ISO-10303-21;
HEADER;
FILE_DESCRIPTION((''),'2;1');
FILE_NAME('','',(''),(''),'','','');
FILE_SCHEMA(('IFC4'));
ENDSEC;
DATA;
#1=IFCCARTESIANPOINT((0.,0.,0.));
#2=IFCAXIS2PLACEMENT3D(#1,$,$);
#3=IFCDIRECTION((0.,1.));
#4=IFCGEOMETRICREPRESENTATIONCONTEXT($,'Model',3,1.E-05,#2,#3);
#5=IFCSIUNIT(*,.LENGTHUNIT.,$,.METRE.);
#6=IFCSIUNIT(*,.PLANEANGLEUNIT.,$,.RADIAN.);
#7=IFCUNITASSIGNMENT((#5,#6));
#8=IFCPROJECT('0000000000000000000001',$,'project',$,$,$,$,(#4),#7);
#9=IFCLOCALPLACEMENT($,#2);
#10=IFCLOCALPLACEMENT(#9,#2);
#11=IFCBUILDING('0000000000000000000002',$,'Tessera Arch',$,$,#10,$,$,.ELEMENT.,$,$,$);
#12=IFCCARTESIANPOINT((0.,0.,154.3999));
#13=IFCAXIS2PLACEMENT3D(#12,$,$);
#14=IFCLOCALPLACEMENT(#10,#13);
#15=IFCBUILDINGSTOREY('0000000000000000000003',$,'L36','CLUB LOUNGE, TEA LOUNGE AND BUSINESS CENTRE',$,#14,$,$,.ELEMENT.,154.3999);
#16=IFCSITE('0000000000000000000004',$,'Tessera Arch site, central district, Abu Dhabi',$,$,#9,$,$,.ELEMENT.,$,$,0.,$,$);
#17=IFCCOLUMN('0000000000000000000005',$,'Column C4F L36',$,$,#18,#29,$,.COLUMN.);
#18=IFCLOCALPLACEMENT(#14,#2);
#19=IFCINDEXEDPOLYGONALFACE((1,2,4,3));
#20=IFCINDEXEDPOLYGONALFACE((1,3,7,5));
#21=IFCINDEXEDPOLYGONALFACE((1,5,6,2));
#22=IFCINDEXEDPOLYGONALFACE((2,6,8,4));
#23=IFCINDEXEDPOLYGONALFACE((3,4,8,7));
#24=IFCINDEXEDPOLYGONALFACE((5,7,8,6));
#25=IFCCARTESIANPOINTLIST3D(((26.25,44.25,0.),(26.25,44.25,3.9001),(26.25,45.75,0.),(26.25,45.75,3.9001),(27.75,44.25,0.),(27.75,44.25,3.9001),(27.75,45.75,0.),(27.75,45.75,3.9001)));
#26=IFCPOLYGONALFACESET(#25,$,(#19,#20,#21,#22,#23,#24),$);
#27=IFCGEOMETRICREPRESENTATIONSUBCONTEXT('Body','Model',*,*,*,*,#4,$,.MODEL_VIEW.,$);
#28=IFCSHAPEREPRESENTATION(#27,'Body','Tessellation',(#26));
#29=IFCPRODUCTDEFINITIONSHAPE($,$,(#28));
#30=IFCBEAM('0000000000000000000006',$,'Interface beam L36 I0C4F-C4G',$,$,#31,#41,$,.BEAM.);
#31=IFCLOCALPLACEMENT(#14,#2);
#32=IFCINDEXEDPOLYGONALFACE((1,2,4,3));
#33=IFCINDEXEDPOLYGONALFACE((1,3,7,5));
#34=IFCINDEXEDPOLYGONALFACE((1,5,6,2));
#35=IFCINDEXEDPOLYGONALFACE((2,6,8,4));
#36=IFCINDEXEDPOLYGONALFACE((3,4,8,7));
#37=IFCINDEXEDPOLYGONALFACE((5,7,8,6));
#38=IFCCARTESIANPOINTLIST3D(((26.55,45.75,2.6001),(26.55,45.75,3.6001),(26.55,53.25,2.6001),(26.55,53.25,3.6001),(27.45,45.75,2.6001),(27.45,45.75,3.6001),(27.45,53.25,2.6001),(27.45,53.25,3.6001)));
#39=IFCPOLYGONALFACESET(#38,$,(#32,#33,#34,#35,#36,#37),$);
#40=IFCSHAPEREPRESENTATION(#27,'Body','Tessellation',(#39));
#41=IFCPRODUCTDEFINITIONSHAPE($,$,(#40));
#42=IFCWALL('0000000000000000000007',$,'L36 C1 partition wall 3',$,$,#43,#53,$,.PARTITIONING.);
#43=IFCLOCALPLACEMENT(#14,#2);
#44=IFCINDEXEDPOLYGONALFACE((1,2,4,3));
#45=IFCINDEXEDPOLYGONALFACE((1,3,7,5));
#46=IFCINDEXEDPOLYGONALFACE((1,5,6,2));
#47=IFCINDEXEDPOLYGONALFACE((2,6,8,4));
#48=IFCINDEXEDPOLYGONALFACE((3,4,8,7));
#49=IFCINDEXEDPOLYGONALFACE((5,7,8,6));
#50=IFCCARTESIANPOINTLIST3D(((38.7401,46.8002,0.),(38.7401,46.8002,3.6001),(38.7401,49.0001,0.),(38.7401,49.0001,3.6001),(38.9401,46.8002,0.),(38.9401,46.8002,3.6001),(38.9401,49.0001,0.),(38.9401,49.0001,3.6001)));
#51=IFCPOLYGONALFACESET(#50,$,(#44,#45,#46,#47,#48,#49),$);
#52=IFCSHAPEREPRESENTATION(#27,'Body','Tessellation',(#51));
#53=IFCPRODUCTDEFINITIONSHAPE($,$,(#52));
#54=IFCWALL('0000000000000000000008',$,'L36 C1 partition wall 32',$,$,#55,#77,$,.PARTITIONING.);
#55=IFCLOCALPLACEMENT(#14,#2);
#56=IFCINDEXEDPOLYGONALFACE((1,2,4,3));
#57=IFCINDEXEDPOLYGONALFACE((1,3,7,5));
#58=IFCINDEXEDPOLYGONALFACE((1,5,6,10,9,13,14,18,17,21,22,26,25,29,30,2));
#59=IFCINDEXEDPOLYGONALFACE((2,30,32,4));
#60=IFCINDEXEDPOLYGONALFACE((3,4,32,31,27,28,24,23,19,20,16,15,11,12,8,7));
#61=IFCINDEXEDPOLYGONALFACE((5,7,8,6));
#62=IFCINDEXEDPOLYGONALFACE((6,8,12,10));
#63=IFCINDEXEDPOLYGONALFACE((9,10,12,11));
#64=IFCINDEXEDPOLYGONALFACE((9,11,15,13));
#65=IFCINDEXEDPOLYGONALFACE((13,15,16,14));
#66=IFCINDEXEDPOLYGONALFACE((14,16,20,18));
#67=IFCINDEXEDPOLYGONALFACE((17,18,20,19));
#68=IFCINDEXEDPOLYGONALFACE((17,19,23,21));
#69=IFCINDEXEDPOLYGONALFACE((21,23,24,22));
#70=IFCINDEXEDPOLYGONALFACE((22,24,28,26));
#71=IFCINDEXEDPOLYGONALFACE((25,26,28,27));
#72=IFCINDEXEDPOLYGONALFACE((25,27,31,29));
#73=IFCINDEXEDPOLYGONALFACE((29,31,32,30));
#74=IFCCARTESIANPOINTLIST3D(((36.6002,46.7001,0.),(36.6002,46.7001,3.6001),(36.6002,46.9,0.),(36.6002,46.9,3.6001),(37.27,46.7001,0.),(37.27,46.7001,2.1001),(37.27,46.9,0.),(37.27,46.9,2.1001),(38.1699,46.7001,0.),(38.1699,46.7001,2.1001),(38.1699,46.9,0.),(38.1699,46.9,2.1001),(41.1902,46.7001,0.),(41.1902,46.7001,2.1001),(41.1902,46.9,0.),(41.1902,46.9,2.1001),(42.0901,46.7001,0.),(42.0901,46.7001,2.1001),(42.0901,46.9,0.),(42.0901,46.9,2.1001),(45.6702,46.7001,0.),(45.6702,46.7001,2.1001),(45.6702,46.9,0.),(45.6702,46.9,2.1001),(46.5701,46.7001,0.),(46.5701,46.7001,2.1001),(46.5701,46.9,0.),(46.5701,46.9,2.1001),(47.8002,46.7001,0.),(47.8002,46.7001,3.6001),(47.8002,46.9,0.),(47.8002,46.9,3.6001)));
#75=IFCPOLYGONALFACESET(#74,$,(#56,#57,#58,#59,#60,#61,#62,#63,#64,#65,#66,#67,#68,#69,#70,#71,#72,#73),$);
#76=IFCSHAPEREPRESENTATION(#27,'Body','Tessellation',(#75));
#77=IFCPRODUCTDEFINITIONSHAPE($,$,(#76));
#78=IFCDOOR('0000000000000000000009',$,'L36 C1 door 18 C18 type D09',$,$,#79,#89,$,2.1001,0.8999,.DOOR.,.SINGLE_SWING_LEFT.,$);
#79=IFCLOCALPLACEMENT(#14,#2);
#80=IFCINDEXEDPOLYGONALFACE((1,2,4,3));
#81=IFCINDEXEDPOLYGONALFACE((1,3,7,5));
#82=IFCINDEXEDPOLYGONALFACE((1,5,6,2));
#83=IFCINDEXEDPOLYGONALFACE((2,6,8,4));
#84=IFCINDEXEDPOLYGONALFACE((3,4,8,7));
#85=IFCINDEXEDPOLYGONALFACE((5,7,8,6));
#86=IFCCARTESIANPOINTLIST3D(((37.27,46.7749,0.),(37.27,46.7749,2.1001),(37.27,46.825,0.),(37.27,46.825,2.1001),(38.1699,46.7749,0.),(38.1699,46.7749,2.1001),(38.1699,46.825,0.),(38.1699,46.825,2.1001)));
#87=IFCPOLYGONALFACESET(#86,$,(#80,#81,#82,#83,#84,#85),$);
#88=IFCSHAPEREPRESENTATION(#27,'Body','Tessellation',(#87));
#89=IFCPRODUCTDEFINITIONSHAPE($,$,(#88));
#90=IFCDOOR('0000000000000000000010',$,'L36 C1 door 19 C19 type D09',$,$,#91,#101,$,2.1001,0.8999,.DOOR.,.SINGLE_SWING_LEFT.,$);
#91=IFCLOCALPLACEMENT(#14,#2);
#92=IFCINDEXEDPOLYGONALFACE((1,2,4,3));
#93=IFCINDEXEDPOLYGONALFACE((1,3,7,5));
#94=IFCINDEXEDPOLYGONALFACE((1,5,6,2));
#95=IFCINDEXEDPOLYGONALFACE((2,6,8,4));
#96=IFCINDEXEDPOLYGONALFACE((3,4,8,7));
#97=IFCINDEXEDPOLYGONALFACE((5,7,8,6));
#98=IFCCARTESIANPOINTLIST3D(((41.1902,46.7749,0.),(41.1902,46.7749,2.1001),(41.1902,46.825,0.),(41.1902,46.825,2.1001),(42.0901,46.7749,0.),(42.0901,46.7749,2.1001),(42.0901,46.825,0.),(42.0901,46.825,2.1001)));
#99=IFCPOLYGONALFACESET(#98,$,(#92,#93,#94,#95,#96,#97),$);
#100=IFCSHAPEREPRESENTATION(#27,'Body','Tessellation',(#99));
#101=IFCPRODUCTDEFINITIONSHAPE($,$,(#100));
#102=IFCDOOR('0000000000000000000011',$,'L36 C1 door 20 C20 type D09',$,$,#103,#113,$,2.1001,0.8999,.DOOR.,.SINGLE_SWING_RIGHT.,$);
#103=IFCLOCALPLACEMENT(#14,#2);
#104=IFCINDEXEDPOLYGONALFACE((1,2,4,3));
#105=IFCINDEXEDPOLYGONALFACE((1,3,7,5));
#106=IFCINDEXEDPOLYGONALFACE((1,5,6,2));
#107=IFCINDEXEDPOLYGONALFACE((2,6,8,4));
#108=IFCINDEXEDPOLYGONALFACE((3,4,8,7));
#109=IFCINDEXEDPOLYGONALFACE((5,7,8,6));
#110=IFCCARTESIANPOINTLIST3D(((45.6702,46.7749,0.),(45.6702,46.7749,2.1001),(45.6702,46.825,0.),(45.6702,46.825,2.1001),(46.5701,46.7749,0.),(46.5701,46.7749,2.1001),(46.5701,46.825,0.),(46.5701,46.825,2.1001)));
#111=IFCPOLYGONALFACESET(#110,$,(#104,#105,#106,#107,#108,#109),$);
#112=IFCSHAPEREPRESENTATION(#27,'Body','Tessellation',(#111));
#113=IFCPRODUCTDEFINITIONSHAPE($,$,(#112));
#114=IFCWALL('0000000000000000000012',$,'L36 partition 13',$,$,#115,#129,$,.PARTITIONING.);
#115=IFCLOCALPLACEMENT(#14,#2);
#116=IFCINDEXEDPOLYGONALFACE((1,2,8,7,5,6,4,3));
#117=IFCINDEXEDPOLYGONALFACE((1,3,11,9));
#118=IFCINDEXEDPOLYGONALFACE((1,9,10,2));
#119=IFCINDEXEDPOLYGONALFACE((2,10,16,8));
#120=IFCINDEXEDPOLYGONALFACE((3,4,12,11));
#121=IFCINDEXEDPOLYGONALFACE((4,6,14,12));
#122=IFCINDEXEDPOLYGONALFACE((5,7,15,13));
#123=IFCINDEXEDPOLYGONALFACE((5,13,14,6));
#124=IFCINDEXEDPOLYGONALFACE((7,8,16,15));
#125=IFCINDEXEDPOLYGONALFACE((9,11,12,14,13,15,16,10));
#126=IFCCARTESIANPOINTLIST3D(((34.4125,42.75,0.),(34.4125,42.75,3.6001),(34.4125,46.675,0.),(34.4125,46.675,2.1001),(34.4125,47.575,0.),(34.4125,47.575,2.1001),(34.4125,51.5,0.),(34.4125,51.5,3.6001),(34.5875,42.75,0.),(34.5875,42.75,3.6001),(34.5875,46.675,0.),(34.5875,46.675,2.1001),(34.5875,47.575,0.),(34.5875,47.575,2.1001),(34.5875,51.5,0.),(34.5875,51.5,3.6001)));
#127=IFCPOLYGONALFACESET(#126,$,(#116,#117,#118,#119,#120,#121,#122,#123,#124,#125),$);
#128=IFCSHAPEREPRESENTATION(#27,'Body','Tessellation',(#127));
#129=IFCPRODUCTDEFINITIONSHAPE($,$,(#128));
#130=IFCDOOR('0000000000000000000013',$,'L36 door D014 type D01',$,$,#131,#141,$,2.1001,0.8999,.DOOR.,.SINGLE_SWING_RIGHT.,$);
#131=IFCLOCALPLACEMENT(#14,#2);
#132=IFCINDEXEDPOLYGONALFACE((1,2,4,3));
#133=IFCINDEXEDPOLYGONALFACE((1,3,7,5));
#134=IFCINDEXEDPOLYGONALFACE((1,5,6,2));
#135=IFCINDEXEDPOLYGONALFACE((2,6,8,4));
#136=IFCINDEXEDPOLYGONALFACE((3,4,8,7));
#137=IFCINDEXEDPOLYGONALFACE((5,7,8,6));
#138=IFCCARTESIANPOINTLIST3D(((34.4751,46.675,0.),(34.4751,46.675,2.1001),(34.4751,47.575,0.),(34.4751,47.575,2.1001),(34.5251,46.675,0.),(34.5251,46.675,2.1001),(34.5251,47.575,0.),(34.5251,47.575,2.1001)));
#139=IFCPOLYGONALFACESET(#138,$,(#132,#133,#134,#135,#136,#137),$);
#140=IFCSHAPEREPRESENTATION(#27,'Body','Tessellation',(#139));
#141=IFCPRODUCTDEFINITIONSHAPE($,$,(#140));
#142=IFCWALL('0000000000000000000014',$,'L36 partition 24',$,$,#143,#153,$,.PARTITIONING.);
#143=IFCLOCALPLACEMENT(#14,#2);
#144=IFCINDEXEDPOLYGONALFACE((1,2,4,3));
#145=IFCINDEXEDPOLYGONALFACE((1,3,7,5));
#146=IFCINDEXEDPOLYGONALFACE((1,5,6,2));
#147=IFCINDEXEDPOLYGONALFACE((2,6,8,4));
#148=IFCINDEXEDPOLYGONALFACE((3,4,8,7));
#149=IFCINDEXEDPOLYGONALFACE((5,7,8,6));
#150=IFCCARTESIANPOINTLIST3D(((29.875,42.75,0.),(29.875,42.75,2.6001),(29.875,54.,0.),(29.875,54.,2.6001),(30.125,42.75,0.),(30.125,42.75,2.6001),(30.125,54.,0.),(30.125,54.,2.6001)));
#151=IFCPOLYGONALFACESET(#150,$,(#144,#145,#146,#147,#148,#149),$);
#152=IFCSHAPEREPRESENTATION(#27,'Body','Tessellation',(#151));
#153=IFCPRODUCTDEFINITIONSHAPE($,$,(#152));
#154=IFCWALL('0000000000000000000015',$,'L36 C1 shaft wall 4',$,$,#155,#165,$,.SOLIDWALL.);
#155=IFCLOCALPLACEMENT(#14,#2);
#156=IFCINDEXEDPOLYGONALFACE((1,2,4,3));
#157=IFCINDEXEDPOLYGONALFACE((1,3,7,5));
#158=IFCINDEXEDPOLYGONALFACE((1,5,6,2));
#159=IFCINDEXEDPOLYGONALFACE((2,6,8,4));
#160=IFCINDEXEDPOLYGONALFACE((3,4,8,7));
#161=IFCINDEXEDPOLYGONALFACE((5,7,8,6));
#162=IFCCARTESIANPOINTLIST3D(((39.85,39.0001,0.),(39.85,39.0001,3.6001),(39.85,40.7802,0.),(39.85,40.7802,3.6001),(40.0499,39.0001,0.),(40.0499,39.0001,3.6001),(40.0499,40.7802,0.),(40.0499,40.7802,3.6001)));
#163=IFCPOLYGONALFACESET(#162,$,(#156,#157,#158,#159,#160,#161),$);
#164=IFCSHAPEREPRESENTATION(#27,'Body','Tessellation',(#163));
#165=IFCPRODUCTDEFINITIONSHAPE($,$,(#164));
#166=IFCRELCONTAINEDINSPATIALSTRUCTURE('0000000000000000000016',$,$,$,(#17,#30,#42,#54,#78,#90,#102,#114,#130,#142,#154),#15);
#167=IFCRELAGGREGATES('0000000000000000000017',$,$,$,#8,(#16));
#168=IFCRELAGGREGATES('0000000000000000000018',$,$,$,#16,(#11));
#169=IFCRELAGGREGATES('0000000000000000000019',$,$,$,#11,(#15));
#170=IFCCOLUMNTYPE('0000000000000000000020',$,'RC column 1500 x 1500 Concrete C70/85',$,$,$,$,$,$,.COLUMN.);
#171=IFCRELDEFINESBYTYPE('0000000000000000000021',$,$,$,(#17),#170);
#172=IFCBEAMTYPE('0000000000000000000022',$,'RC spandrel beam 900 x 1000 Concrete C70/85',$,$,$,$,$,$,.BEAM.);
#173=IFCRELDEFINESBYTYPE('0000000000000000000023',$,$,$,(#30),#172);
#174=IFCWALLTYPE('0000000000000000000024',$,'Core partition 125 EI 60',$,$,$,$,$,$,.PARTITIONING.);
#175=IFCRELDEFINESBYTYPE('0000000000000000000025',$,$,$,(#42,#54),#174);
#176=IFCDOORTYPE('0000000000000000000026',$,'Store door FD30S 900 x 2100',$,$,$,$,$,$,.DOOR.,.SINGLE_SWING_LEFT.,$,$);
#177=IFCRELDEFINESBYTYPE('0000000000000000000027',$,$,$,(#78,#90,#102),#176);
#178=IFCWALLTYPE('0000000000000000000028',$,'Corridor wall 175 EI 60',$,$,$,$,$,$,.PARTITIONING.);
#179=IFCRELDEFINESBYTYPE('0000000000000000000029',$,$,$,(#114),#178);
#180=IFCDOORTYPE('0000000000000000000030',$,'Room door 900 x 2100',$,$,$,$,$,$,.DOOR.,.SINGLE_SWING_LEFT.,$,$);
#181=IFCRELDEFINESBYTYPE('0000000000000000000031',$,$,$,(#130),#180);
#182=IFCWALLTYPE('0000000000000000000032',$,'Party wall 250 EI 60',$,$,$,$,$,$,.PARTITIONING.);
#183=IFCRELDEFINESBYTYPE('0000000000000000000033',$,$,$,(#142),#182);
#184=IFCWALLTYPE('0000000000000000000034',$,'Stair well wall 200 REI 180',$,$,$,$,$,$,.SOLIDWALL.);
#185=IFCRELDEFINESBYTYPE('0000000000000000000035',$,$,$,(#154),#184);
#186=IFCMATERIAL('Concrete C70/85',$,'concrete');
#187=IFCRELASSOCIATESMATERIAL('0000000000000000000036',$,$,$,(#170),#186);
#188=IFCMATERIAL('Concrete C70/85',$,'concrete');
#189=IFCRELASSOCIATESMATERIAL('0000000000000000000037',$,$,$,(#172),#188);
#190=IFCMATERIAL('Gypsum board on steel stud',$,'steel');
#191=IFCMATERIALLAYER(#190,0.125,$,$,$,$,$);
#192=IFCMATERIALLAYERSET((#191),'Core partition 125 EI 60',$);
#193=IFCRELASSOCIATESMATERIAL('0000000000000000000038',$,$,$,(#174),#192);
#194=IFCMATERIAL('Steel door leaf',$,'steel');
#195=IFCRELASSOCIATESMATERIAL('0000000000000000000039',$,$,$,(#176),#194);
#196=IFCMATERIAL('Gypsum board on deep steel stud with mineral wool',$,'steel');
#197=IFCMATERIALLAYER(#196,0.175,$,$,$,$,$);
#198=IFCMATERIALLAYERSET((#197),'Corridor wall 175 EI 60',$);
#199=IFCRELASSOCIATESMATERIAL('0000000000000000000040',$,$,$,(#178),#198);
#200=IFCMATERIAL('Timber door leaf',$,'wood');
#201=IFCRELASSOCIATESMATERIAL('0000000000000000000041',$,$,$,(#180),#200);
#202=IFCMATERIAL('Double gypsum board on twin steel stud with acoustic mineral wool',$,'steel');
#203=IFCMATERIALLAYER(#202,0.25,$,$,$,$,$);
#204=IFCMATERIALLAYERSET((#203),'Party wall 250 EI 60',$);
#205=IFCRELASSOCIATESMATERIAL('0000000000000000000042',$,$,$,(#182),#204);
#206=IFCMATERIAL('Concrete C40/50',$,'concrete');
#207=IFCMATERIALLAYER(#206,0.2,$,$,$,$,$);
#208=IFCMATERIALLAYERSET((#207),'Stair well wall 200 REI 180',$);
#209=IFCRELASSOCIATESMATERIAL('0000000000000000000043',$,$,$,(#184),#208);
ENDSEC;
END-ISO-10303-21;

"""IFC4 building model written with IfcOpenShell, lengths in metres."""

from ifc_helpers import new_model, si_unit, direction, frame, frame_2d, origin, origin_2d, place, context, subcontext, project, spatial, rectangle, extrude, material, layer, layer_set, material_profile, profile_set, type_object, element, fill, save


model = new_model("IFC4")

# Units and contexts
model_context = context("Model", 3, precision=1e-05, world=origin(), true_north=direction((0.0, 1.0)))
body_context = subcontext(model_context, "Body", "Model", "MODEL_VIEW")
ifc_project = project(units=[si_unit("LENGTHUNIT", "METRE"), si_unit("PLANEANGLEUNIT", "RADIAN")], contexts=[model_context])

# Site, building, storey
site_placement = place(None, origin())
site = spatial("IfcSite", under=ifc_project, at=site_placement, Name="Tessera Arch site, central district, Abu Dhabi", CompositionType="ELEMENT", RefElevation=0.0)
building_placement = place(site_placement, origin())
building = spatial("IfcBuilding", under=site, at=building_placement, Name="Tessera Arch", CompositionType="ELEMENT")
storey_placement = place(building_placement, frame((0.0, 0.0, 154.3999)))
storey = spatial("IfcBuildingStorey", under=building, at=storey_placement, Name="L36", Description="CLUB LOUNGE, TEA LOUNGE AND BUSINESS CENTRE", CompositionType="ELEMENT", Elevation=154.3999)

# Column
ifc_material_1 = material(Name="Concrete C70/85", Category="concrete")
ifc_material_profile_1 = material_profile(ifc_material_1, rectangle(XDim=1.5, YDim=1.5, at=origin_2d()), Name="RC column 1500 x 1500 Concrete C70/85")
ifc_profile_set_1 = profile_set([ifc_material_profile_1], Name="Concrete C70/85")
column_type = type_object("IfcColumnType", Name="RC column 1500 x 1500 Concrete C70/85", PredefinedType="COLUMN", material=ifc_profile_set_1)
column_placement = place(storey_placement, frame((27.0, 45.0, 0.0), z_axis=(0.0, 0.0, 1.0), x_axis=(1.0, 0.0, 0.0)))
element("IfcColumn", 1, at=column_placement, inside=storey, type_object=column_type, Name="Column C4F L36", PredefinedType="COLUMN", context=body_context, shape_type="SweptSolid", body=[
    extrude(rectangle(XDim=1.5, YDim=1.5, at=origin_2d()), origin(), (0.0, 0.0, 1.0), 3.9001),
])

# Beam
ifc_material_2 = material(Name="Concrete C70/85", Category="concrete")
ifc_material_profile_2 = material_profile(ifc_material_2, rectangle(XDim=0.8999, YDim=1.0, at=origin_2d()), Name="RC spandrel beam 900 x 1000 Concrete C70/85")
ifc_profile_set_2 = profile_set([ifc_material_profile_2], Name="Concrete C70/85")
beam_type = type_object("IfcBeamType", Name="RC spandrel beam 900 x 1000 Concrete C70/85", PredefinedType="BEAM", material=ifc_profile_set_2)
beam_placement = place(storey_placement, frame((27.0, 45.75, 3.1001), z_axis=(0.0, 1.0, 0.0), x_axis=(-1.0, 0.0, 0.0)))
element("IfcBeam", 2, at=beam_placement, inside=storey, type_object=beam_type, Name="Interface beam L36 I0C4F-C4G", PredefinedType="BEAM", context=body_context, shape_type="SweptSolid", body=[
    extrude(rectangle(XDim=0.8999, YDim=1.0, at=origin_2d()), origin(), (0.0, 0.0, 1.0), 7.5),
])

# Wall
ifc_material_3 = material(Name="Gypsum board on steel stud", Category="steel")
ifc_layer_1 = layer(ifc_material_3, 0.125)
ifc_layer_set_1 = layer_set([ifc_layer_1], Name="Core partition 125 EI 60")
wall_type_1 = type_object("IfcWallType", Name="Core partition 125 EI 60", PredefinedType="PARTITIONING", material=ifc_layer_set_1)
wall_1_placement = place(storey_placement, frame((38.8401, 46.8, 0.0), z_axis=(0.0, 0.0, 1.0), x_axis=(0.0, 1.0, 0.0)))
element("IfcWall", 3, at=wall_1_placement, inside=storey, type_object=wall_type_1, Name="L36 C1 partition wall 3", PredefinedType="PARTITIONING", context=body_context, shape_type="SweptSolid", body=[
    extrude(rectangle(XDim=2.2, YDim=0.2, at=frame_2d((1.1001, 0.0))), origin(), (0.0, 0.0, 1.0), 3.6001),
])

# Wall, openings, doors
wall_2_placement = place(storey_placement, frame((36.6001, 46.8, 0.0), z_axis=(0.0, 0.0, 1.0), x_axis=(1.0, 0.0, 0.0)))
wall_2 = element("IfcWall", 4, at=wall_2_placement, inside=storey, type_object=wall_type_1, Name="L36 C1 partition wall 32", PredefinedType="PARTITIONING", context=body_context, shape_type="SweptSolid", body=[
    extrude(rectangle(XDim=11.2, YDim=0.2, at=frame_2d((5.6001, 0.0))), origin(), (0.0, 0.0, 1.0), 3.6001),
])
opening_1_placement = place(wall_2_placement, frame((0.6699, 0.0, 0.0)))
opening_1 = element("IfcOpeningElement", 5, at=opening_1_placement, cuts=wall_2, PredefinedType="OPENING", context=body_context, shape_type="SweptSolid", body=[
    extrude(rectangle(XDim=0.8999, YDim=2.1001, at=frame_2d((0.45, 1.05))), frame((0.0, 0.1099, 0.0), z_axis=(0.0, -1.0, 0.0), x_axis=(1.0, 0.0, 0.0)), (0.0, 0.0, 1.0), 0.22),
])
opening_2_placement = place(wall_2_placement, frame((4.5901, 0.0, 0.0)))
opening_2 = element("IfcOpeningElement", 6, at=opening_2_placement, cuts=wall_2, PredefinedType="OPENING", context=body_context, shape_type="SweptSolid", body=[
    extrude(rectangle(XDim=0.8999, YDim=2.1001, at=frame_2d((0.45, 1.05))), frame((0.0, 0.1099, 0.0), z_axis=(0.0, -1.0, 0.0), x_axis=(1.0, 0.0, 0.0)), (0.0, 0.0, 1.0), 0.22),
])
opening_3_placement = place(wall_2_placement, frame((9.0701, 0.0, 0.0)))
opening_3 = element("IfcOpeningElement", 7, at=opening_3_placement, cuts=wall_2, PredefinedType="OPENING", context=body_context, shape_type="SweptSolid", body=[
    extrude(rectangle(XDim=0.8999, YDim=2.1001, at=frame_2d((0.45, 1.05))), frame((0.0, 0.1099, 0.0), z_axis=(0.0, -1.0, 0.0), x_axis=(1.0, 0.0, 0.0)), (0.0, 0.0, 1.0), 0.22),
])
ifc_material_4 = material(Name="Steel door leaf", Category="steel")
door_type_1 = type_object("IfcDoorType", Name="Store door FD30S 900 x 2100", OperationType="SINGLE_SWING_LEFT", PredefinedType="DOOR", material=ifc_material_4)
door_1_placement = place(opening_1_placement, origin())
door_1 = element("IfcDoor", 8, at=door_1_placement, inside=storey, type_object=door_type_1, Name="L36 C1 door 18 C18 type D09", OperationType="SINGLE_SWING_LEFT", OverallHeight=2.1001, OverallWidth=0.8999, PredefinedType="DOOR", context=body_context, shape_type="SweptSolid", body=[
    extrude(rectangle(XDim=0.8999, YDim=2.1001, at=frame_2d((0.45, 1.05))), frame((0.0, 0.0249, 0.0), z_axis=(0.0, -1.0, 0.0), x_axis=(1.0, 0.0, 0.0)), (0.0, 0.0, 1.0), 0.05),
])
fill(opening_1, door_1)
door_2_placement = place(opening_2_placement, origin())
door_2 = element("IfcDoor", 9, at=door_2_placement, inside=storey, type_object=door_type_1, Name="L36 C1 door 19 C19 type D09", OperationType="SINGLE_SWING_LEFT", OverallHeight=2.1001, OverallWidth=0.8999, PredefinedType="DOOR", context=body_context, shape_type="SweptSolid", body=[
    extrude(rectangle(XDim=0.8999, YDim=2.1001, at=frame_2d((0.45, 1.05))), frame((0.0, 0.0249, 0.0), z_axis=(0.0, -1.0, 0.0), x_axis=(1.0, 0.0, 0.0)), (0.0, 0.0, 1.0), 0.05),
])
fill(opening_2, door_2)
door_3_placement = place(opening_3_placement, origin())
door_3 = element("IfcDoor", 10, at=door_3_placement, inside=storey, type_object=door_type_1, Name="L36 C1 door 20 C20 type D09", OperationType="SINGLE_SWING_RIGHT", OverallHeight=2.1001, OverallWidth=0.8999, PredefinedType="DOOR", context=body_context, shape_type="SweptSolid", body=[
    extrude(rectangle(XDim=0.8999, YDim=2.1001, at=frame_2d((0.45, 1.05))), frame((0.0, 0.0249, 0.0), z_axis=(0.0, -1.0, 0.0), x_axis=(1.0, 0.0, 0.0)), (0.0, 0.0, 1.0), 0.05),
])
fill(opening_3, door_3)

# Wall, opening, door
ifc_material_5 = material(Name="Gypsum board on deep steel stud with mineral wool", Category="steel")
ifc_layer_2 = layer(ifc_material_5, 0.175)
ifc_layer_set_2 = layer_set([ifc_layer_2], Name="Corridor wall 175 EI 60")
wall_type_2 = type_object("IfcWallType", Name="Corridor wall 175 EI 60", PredefinedType="PARTITIONING", material=ifc_layer_set_2)
wall_3_placement = place(storey_placement, frame((34.5, 42.75, 0.0), z_axis=(0.0, 0.0, 1.0), x_axis=(0.0, 1.0, 0.0)))
wall_3 = element("IfcWall", 11, at=wall_3_placement, inside=storey, type_object=wall_type_2, Name="L36 partition 13", PredefinedType="PARTITIONING", context=body_context, shape_type="SweptSolid", body=[
    extrude(rectangle(XDim=8.75, YDim=0.175, at=frame_2d((4.375, 0.0))), origin(), (0.0, 0.0, 1.0), 3.6001),
])
opening_4_placement = place(wall_3_placement, frame((3.925, 0.0, 0.0)))
opening_4 = element("IfcOpeningElement", 12, at=opening_4_placement, cuts=wall_3, PredefinedType="OPENING", context=body_context, shape_type="SweptSolid", body=[
    extrude(rectangle(XDim=0.8999, YDim=2.1001, at=frame_2d((0.45, 1.05))), frame((0.0, 0.0974, 0.0), z_axis=(0.0, -1.0, 0.0), x_axis=(1.0, 0.0, 0.0)), (0.0, 0.0, 1.0), 0.1951),
])
ifc_material_6 = material(Name="Timber door leaf", Category="wood")
door_type_2 = type_object("IfcDoorType", Name="Room door 900 x 2100", OperationType="SINGLE_SWING_LEFT", PredefinedType="DOOR", material=ifc_material_6)
door_4_placement = place(opening_4_placement, origin())
door_4 = element("IfcDoor", 13, at=door_4_placement, inside=storey, type_object=door_type_2, Name="L36 door D014 type D01", OperationType="SINGLE_SWING_RIGHT", OverallHeight=2.1001, OverallWidth=0.8999, PredefinedType="DOOR", context=body_context, shape_type="SweptSolid", body=[
    extrude(rectangle(XDim=0.8999, YDim=2.1001, at=frame_2d((0.45, 1.05))), frame((0.0, 0.0249, 0.0), z_axis=(0.0, -1.0, 0.0), x_axis=(1.0, 0.0, 0.0)), (0.0, 0.0, 1.0), 0.05),
])
fill(opening_4, door_4)

# Walls
ifc_material_7 = material(Name="Double gypsum board on twin steel stud with acoustic mineral wool", Category="steel")
ifc_layer_3 = layer(ifc_material_7, 0.25)
ifc_layer_set_3 = layer_set([ifc_layer_3], Name="Party wall 250 EI 60")
wall_type_3 = type_object("IfcWallType", Name="Party wall 250 EI 60", PredefinedType="PARTITIONING", material=ifc_layer_set_3)
wall_4_placement = place(storey_placement, frame((30.0, 42.75, 0.0), z_axis=(0.0, 0.0, 1.0), x_axis=(0.0, 1.0, 0.0)))
element("IfcWall", 14, at=wall_4_placement, inside=storey, type_object=wall_type_3, Name="L36 partition 24", PredefinedType="PARTITIONING", context=body_context, shape_type="SweptSolid", body=[
    extrude(rectangle(XDim=11.25, YDim=0.25, at=frame_2d((5.625, 0.0))), origin(), (0.0, 0.0, 1.0), 2.6001),
])
ifc_material_8 = material(Name="Concrete C40/50", Category="concrete")
ifc_layer_4 = layer(ifc_material_8, 0.2)
ifc_layer_set_4 = layer_set([ifc_layer_4], Name="Stair well wall 200 REI 180")
wall_type_4 = type_object("IfcWallType", Name="Stair well wall 200 REI 180", PredefinedType="SOLIDWALL", material=ifc_layer_set_4)
wall_5_placement = place(storey_placement, frame((39.95, 39.0, 0.0), z_axis=(0.0, 0.0, 1.0), x_axis=(0.0, 1.0, 0.0)))
element("IfcWall", 15, at=wall_5_placement, inside=storey, type_object=wall_type_4, Name="L36 C1 shaft wall 4", PredefinedType="SOLIDWALL", context=body_context, shape_type="SweptSolid", body=[
    extrude(rectangle(XDim=1.78, YDim=0.2, at=frame_2d((0.8901, 0.0))), origin(), (0.0, 0.0, 1.0), 3.6001),
])

save(model, "model.ifc")
